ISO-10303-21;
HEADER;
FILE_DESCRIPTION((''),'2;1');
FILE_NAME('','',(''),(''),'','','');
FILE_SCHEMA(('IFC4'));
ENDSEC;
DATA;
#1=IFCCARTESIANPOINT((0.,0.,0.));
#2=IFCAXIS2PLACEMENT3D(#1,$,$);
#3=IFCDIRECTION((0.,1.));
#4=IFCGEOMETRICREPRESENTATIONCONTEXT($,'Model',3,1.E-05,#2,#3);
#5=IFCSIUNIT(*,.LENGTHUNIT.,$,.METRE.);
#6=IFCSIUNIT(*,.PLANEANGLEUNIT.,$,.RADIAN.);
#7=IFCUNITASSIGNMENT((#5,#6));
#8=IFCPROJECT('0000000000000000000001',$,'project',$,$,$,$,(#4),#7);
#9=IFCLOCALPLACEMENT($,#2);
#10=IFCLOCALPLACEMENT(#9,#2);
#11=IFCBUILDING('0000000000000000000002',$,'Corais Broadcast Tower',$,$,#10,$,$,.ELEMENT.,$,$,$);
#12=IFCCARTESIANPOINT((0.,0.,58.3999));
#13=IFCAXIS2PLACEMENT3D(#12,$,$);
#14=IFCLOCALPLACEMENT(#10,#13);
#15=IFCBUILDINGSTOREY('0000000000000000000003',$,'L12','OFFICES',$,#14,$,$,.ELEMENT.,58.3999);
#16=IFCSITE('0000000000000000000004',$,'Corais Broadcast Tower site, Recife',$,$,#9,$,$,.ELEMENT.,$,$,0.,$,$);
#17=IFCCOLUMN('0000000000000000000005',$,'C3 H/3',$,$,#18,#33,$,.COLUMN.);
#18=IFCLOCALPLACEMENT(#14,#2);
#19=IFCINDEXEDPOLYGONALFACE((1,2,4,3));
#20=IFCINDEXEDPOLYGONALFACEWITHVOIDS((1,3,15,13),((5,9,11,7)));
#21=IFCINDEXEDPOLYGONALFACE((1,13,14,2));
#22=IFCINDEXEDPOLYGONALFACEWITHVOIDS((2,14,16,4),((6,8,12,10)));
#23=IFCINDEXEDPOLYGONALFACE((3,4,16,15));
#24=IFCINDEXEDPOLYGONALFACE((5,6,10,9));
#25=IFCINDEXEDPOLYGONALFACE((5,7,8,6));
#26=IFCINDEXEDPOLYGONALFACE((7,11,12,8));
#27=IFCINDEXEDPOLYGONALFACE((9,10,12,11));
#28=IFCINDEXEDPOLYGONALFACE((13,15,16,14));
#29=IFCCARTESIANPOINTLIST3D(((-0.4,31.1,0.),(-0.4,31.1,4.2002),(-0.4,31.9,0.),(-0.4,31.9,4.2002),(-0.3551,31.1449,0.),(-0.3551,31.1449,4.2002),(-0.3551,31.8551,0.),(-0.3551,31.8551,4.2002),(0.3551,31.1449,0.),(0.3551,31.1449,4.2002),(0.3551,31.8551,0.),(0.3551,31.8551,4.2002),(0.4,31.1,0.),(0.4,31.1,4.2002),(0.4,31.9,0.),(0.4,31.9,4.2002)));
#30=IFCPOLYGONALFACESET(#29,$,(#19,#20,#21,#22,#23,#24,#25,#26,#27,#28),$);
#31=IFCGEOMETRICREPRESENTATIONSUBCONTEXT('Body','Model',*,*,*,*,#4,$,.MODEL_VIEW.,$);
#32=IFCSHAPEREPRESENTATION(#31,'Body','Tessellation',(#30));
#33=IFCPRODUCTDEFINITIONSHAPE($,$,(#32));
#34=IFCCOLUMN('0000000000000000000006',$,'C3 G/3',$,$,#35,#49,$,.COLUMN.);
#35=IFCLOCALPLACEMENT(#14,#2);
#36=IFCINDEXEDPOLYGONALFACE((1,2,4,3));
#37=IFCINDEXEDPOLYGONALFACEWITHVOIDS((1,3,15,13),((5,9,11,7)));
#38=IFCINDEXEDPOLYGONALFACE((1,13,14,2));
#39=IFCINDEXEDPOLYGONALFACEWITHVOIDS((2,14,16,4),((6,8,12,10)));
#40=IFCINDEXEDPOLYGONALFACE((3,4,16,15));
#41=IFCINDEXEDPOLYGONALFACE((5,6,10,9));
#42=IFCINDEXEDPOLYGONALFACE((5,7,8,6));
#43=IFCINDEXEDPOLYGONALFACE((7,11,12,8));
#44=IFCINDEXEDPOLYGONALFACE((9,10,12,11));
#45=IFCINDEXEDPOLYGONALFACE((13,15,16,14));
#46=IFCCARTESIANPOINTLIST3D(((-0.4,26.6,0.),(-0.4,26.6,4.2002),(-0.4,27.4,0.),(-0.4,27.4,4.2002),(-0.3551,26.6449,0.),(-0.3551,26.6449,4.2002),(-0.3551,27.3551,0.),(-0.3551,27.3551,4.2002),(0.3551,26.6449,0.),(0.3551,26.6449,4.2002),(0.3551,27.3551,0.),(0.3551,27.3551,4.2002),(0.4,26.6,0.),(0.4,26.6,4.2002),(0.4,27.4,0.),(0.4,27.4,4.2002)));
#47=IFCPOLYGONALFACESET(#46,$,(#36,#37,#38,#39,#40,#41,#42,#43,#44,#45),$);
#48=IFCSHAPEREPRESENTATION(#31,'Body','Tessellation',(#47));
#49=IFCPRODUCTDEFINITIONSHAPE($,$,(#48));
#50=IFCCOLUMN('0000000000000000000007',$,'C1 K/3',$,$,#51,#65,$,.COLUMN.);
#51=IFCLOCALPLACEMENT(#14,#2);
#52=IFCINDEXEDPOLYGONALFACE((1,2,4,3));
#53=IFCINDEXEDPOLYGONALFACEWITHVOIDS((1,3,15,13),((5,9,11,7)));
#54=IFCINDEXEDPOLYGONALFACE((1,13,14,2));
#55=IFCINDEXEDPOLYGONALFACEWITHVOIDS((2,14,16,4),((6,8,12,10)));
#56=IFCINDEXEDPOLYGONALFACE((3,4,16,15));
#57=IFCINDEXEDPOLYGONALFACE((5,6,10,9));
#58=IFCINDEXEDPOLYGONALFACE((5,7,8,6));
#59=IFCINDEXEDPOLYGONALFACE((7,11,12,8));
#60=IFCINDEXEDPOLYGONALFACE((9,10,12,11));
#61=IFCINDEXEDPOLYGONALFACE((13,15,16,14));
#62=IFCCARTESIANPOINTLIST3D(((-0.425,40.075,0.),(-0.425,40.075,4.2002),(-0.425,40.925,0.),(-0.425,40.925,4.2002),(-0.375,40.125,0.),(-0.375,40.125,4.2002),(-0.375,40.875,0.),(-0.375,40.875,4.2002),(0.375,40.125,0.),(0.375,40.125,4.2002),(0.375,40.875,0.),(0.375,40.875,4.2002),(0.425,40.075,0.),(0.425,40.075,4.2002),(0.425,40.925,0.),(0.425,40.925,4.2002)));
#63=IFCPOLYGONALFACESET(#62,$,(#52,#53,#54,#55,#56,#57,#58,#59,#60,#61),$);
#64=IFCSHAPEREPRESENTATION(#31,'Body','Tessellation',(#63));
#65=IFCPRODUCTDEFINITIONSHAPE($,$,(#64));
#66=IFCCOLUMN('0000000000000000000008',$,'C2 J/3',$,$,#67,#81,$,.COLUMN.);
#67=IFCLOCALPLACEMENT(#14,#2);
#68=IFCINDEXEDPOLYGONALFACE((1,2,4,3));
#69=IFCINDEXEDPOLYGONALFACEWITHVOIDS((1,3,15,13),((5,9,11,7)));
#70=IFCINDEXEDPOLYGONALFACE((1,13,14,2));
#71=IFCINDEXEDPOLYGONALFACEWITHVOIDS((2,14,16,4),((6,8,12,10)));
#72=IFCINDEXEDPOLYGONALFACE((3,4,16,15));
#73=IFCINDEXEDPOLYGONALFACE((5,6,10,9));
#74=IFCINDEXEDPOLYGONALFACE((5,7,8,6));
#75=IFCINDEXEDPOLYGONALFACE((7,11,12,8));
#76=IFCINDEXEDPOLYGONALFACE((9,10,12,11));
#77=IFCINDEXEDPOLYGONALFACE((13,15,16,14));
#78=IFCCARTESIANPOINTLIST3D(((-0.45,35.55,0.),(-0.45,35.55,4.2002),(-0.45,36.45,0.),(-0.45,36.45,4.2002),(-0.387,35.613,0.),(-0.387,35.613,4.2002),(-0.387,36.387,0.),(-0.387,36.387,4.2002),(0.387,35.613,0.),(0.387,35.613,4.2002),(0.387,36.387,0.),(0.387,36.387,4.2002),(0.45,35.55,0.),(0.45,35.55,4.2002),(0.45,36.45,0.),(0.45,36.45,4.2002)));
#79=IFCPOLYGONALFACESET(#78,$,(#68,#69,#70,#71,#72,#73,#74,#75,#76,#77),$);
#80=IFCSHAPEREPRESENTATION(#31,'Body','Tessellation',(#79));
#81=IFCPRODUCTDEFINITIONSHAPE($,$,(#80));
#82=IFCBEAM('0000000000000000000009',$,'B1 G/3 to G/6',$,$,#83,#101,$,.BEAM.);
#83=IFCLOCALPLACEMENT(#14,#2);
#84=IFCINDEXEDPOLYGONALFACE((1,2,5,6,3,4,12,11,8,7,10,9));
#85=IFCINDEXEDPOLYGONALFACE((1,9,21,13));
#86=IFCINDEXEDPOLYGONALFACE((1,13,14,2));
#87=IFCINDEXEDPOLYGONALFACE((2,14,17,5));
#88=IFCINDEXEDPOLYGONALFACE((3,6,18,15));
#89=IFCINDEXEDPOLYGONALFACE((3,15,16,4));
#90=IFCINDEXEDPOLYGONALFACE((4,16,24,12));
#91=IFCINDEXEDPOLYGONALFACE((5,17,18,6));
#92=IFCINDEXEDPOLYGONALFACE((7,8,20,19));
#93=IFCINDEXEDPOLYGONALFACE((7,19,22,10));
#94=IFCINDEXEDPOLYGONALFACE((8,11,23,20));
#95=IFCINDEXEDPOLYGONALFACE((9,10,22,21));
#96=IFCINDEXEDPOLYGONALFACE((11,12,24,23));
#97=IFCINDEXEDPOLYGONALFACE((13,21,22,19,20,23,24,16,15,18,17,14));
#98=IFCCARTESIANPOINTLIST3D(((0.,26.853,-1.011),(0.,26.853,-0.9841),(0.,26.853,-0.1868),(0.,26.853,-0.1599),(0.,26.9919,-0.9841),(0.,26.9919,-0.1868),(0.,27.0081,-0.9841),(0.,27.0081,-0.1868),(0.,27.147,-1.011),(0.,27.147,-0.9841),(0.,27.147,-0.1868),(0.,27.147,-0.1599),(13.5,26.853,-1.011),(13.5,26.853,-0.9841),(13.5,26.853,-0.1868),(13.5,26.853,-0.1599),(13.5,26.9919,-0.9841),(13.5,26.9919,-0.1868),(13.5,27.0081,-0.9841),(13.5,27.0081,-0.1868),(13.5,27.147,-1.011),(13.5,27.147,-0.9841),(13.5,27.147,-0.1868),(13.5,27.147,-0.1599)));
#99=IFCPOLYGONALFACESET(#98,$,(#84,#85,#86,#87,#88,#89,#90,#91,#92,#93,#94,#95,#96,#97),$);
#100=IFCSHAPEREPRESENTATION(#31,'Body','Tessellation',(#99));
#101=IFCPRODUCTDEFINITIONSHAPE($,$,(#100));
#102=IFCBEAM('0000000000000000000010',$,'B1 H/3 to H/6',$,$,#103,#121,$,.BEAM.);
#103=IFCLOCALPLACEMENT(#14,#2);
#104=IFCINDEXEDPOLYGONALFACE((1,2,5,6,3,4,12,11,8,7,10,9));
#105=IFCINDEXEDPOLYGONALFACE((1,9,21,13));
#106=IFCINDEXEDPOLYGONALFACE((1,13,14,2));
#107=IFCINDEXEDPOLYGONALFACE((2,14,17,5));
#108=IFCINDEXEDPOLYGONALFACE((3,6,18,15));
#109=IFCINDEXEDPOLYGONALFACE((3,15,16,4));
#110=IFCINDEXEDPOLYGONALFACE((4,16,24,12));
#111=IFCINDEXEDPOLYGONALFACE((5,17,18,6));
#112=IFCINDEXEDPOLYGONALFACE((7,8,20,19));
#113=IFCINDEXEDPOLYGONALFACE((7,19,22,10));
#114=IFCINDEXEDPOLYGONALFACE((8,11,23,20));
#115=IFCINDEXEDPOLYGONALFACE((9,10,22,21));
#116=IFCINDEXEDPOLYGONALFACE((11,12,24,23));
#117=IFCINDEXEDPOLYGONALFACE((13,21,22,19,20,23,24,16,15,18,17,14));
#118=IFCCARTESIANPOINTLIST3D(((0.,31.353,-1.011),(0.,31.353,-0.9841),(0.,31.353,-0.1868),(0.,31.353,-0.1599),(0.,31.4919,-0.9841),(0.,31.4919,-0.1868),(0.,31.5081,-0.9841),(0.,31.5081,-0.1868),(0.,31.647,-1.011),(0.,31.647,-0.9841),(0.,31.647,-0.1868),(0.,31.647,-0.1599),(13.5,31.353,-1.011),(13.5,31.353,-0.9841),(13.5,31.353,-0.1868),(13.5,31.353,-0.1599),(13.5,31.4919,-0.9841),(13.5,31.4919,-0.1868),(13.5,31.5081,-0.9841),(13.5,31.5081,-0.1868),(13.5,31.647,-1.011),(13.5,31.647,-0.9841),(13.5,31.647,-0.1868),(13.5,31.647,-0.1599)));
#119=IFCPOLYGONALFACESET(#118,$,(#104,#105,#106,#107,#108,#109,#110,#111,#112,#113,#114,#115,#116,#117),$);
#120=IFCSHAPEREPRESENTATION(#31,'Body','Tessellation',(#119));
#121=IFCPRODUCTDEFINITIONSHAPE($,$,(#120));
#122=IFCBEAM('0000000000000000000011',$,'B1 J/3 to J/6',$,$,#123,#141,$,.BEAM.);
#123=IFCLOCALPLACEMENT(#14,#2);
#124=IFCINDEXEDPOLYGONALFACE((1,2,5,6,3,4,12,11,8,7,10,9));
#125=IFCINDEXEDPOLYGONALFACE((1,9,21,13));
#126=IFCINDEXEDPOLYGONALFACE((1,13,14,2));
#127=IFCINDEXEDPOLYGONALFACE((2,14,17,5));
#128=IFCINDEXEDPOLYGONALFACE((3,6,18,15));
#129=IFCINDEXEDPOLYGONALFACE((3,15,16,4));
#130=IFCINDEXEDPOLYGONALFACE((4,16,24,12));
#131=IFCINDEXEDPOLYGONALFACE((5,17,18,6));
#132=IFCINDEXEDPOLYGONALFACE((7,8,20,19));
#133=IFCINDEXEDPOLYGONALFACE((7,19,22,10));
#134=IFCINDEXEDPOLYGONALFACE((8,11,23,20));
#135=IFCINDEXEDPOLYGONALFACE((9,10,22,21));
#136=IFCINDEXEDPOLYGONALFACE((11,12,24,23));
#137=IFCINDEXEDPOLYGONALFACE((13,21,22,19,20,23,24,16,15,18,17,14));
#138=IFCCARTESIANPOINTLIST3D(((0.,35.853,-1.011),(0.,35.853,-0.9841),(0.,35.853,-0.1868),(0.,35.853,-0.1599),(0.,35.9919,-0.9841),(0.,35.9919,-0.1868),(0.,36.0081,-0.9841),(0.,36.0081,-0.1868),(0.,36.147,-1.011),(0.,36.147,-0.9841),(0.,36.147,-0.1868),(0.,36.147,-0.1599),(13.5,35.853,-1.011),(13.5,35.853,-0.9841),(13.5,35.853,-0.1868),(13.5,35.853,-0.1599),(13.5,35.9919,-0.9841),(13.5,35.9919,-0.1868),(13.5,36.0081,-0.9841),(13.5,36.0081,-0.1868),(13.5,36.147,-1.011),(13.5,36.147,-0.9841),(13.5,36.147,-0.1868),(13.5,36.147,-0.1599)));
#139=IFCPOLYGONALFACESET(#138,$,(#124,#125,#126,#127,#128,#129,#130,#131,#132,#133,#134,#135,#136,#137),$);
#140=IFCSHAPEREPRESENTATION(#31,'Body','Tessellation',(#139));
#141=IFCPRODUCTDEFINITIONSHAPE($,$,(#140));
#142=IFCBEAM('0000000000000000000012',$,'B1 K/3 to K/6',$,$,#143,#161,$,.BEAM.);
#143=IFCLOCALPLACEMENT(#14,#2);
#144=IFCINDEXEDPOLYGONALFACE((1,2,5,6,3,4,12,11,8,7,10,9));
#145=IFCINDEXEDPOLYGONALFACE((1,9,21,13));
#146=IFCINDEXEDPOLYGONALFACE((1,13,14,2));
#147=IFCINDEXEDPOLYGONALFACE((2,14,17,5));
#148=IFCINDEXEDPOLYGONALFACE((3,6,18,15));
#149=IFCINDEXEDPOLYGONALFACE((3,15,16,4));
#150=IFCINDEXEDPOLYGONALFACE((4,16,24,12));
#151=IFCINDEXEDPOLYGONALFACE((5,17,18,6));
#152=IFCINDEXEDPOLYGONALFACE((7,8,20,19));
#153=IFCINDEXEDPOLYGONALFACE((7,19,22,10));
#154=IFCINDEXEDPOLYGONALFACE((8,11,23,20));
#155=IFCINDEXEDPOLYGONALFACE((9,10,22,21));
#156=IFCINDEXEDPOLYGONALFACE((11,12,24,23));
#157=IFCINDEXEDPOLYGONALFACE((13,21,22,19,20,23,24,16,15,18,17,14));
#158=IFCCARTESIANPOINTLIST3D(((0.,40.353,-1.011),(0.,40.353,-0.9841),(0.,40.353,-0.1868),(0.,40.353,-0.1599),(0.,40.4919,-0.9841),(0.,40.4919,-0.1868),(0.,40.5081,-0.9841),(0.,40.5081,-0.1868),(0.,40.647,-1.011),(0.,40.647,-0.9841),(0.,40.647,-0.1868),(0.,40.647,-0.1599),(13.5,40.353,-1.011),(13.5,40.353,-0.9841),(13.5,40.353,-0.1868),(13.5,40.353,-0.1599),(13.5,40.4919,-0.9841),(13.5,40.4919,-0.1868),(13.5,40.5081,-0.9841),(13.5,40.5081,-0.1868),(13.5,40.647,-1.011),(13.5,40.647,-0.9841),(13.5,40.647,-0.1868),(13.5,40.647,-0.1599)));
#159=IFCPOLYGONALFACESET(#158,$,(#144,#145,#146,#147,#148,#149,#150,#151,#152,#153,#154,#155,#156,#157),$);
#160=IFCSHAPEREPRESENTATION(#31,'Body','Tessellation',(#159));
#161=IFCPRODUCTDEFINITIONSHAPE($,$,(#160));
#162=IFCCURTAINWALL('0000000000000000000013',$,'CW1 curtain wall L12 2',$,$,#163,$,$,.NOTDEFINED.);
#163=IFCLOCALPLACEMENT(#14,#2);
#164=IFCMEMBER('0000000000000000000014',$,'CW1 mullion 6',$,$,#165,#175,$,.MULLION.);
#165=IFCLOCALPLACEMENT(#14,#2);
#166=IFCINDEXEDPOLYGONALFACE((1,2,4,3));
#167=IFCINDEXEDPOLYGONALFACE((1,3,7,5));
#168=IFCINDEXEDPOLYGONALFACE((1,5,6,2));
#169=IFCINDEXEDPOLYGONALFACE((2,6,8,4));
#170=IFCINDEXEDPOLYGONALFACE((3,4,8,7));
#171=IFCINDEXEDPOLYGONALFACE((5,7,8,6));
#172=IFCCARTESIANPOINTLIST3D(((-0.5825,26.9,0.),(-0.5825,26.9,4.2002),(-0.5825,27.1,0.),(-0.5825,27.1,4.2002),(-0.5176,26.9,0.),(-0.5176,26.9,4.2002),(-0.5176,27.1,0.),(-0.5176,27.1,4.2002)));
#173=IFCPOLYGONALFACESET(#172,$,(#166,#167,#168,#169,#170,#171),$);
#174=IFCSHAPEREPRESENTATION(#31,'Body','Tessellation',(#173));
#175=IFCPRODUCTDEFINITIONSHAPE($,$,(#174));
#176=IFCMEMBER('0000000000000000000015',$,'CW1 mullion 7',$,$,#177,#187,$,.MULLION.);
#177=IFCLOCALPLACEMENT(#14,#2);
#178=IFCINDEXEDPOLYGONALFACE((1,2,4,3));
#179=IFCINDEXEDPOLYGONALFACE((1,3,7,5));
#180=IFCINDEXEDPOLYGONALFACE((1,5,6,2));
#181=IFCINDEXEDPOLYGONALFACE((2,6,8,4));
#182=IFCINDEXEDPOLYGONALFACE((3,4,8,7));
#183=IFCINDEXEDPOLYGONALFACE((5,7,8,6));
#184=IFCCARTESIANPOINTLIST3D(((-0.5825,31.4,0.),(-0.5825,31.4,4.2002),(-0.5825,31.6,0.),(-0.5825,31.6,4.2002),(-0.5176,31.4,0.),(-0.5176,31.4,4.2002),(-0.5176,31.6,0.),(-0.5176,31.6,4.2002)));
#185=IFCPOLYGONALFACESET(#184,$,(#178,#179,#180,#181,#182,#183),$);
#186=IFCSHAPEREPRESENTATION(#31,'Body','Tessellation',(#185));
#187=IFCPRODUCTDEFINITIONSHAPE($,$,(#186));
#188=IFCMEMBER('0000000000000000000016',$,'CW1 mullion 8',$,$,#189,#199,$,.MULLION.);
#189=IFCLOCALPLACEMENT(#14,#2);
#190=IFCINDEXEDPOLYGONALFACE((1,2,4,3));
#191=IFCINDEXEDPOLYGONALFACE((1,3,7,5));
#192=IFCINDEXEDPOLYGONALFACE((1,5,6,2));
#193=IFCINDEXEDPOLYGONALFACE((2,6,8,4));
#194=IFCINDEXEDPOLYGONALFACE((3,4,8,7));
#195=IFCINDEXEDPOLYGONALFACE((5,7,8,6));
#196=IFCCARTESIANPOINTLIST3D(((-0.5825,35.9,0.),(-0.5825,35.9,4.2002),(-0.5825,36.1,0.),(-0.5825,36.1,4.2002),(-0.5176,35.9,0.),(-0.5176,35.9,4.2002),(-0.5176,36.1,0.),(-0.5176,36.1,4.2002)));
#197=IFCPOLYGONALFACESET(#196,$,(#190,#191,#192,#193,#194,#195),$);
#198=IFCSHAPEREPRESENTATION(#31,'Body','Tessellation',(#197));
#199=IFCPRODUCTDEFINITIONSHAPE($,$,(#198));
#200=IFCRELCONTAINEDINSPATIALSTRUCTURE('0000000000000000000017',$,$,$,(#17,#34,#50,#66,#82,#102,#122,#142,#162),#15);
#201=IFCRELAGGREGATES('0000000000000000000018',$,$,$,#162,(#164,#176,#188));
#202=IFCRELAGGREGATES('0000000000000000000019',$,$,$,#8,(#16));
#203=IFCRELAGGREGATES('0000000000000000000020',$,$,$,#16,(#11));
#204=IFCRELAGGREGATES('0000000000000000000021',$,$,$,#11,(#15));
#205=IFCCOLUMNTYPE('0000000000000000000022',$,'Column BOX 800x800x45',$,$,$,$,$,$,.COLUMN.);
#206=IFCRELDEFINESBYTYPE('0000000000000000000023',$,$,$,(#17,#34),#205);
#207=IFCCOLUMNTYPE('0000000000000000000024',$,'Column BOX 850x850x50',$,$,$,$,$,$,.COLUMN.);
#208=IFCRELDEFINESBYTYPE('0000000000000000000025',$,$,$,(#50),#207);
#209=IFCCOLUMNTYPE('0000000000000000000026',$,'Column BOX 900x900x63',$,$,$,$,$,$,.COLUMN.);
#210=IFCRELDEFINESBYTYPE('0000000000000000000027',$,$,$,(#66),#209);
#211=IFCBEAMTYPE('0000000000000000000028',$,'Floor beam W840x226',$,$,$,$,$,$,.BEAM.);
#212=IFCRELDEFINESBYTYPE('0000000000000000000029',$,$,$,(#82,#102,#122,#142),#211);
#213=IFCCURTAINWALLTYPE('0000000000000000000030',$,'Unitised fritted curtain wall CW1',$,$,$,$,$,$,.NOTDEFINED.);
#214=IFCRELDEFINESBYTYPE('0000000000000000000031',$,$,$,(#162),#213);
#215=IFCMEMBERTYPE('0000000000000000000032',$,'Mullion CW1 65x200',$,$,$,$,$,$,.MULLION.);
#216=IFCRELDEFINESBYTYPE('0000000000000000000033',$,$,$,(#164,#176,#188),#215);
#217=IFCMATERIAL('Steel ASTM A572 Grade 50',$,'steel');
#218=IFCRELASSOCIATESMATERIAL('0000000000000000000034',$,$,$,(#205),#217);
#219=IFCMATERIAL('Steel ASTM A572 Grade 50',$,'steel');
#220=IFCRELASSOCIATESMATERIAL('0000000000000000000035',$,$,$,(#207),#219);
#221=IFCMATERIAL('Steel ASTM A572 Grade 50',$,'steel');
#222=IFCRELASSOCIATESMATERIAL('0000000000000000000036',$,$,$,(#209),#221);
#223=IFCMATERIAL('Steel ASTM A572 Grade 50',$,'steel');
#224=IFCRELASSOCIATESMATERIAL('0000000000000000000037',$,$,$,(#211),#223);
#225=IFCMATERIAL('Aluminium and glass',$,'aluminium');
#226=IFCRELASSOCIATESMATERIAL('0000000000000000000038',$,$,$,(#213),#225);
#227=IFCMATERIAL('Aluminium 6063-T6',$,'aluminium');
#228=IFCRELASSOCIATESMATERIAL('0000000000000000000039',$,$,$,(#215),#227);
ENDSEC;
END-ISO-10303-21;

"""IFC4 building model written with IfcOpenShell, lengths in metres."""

from ifc_helpers import new_model, si_unit, direction, frame, origin, origin_2d, place, context, subcontext, project, spatial, rectangle, hollow_rectangle, i_section, extrude, material, material_profile, profile_set, type_object, element, aggregate, save


model = new_model("IFC4")

# Units and contexts
model_context = context("Model", 3, precision=1e-05, world=origin(), true_north=direction((0.0, 1.0)))
body_context = subcontext(model_context, "Body", "Model", "MODEL_VIEW")
ifc_project = project(units=[si_unit("LENGTHUNIT", "METRE"), si_unit("PLANEANGLEUNIT", "RADIAN")], contexts=[model_context])

# Site, building, storey
site_placement = place(None, origin())
site = spatial("IfcSite", under=ifc_project, at=site_placement, Name="Corais Broadcast Tower site, Recife", CompositionType="ELEMENT", RefElevation=0.0)
building_placement = place(site_placement, origin())
building = spatial("IfcBuilding", under=site, at=building_placement, Name="Corais Broadcast Tower", CompositionType="ELEMENT")
storey_placement = place(building_placement, frame((0.0, 0.0, 58.3999)))
storey = spatial("IfcBuildingStorey", under=building, at=storey_placement, Name="L12", Description="OFFICES", CompositionType="ELEMENT", Elevation=58.3999)

# Columns
ifc_material_1 = material(Name="Steel ASTM A572 Grade 50", Category="steel")
ifc_material_profile_1 = material_profile(ifc_material_1, hollow_rectangle(XDim=0.8, YDim=0.8, WallThickness=0.0449, at=origin_2d()), Name="BOX 800x800x45")
ifc_profile_set_1 = profile_set([ifc_material_profile_1], Name="Steel ASTM A572 Grade 50")
column_type_1 = type_object("IfcColumnType", Name="Column BOX 800x800x45", PredefinedType="COLUMN", material=ifc_profile_set_1)
for number, where, z_axis, x_axis, name in (
    (1, (0.0, 31.5, 0.0), (0.0, 0.0, 1.0), (1.0, 0.0, 0.0), "C3 H/3"),
    (2, (0.0, 27.0, 0.0), (0.0, 0.0, 1.0), (1.0, 0.0, 0.0), "C3 G/3"),
):
    element("IfcColumn", number, at=place(storey_placement, frame(where, z_axis=z_axis, x_axis=x_axis)), inside=storey, type_object=column_type_1, Name=name, PredefinedType="COLUMN", context=body_context, shape_type="SweptSolid", body=[
        extrude(hollow_rectangle(XDim=0.8, YDim=0.8, WallThickness=0.0449, at=origin_2d()), origin(), (0.0, 0.0, 1.0), 4.2002),
    ])
ifc_material_2 = material(Name="Steel ASTM A572 Grade 50", Category="steel")
ifc_material_profile_2 = material_profile(ifc_material_2, hollow_rectangle(XDim=0.8501, YDim=0.8501, WallThickness=0.05, at=origin_2d()), Name="BOX 850x850x50")
ifc_profile_set_2 = profile_set([ifc_material_profile_2], Name="Steel ASTM A572 Grade 50")
column_type_2 = type_object("IfcColumnType", Name="Column BOX 850x850x50", PredefinedType="COLUMN", material=ifc_profile_set_2)
column_1_placement = place(storey_placement, frame((0.0, 40.5, 0.0), z_axis=(0.0, 0.0, 1.0), x_axis=(1.0, 0.0, 0.0)))
element("IfcColumn", 3, at=column_1_placement, inside=storey, type_object=column_type_2, Name="C1 K/3", PredefinedType="COLUMN", context=body_context, shape_type="SweptSolid", body=[
    extrude(hollow_rectangle(XDim=0.8501, YDim=0.8501, WallThickness=0.05, at=origin_2d()), origin(), (0.0, 0.0, 1.0), 4.2002),
])
ifc_material_3 = material(Name="Steel ASTM A572 Grade 50", Category="steel")
ifc_material_profile_3 = material_profile(ifc_material_3, hollow_rectangle(XDim=0.8999, YDim=0.8999, WallThickness=0.063, at=origin_2d()), Name="BOX 900x900x63")
ifc_profile_set_3 = profile_set([ifc_material_profile_3], Name="Steel ASTM A572 Grade 50")
column_type_3 = type_object("IfcColumnType", Name="Column BOX 900x900x63", PredefinedType="COLUMN", material=ifc_profile_set_3)
column_2_placement = place(storey_placement, frame((0.0, 36.0, 0.0), z_axis=(0.0, 0.0, 1.0), x_axis=(1.0, 0.0, 0.0)))
element("IfcColumn", 4, at=column_2_placement, inside=storey, type_object=column_type_3, Name="C2 J/3", PredefinedType="COLUMN", context=body_context, shape_type="SweptSolid", body=[
    extrude(hollow_rectangle(XDim=0.8999, YDim=0.8999, WallThickness=0.063, at=origin_2d()), origin(), (0.0, 0.0, 1.0), 4.2002),
])

# Beams
ifc_material_4 = material(Name="Steel ASTM A572 Grade 50", Category="steel")
ifc_material_profile_4 = material_profile(ifc_material_4, i_section(OverallWidth=0.2939, OverallDepth=0.8511, WebThickness=0.0161, FlangeThickness=0.0269, at=origin_2d()), Name="W840x226")
ifc_profile_set_4 = profile_set([ifc_material_profile_4], Name="Steel ASTM A572 Grade 50")
beam_type_1 = type_object("IfcBeamType", Name="Floor beam W840x226", PredefinedType="BEAM", material=ifc_profile_set_4)
for number, where, z_axis, x_axis, name in (
    (5, (0.0, 27.0, -0.5854), (1.0, 0.0, 0.0), (0.0, 1.0, 0.0), "B1 G/3 to G/6"),
    (6, (0.0, 31.5, -0.5854), (1.0, 0.0, 0.0), (0.0, 1.0, 0.0), "B1 H/3 to H/6"),
    (7, (0.0, 36.0, -0.5854), (1.0, 0.0, 0.0), (0.0, 1.0, 0.0), "B1 J/3 to J/6"),
    (8, (0.0, 40.5, -0.5854), (1.0, 0.0, 0.0), (0.0, 1.0, 0.0), "B1 K/3 to K/6"),
):
    element("IfcBeam", number, at=place(storey_placement, frame(where, z_axis=z_axis, x_axis=x_axis)), inside=storey, type_object=beam_type_1, Name=name, PredefinedType="BEAM", context=body_context, shape_type="SweptSolid", body=[
        extrude(i_section(OverallWidth=0.2939, OverallDepth=0.8511, WebThickness=0.0161, FlangeThickness=0.0269, at=origin_2d()), origin(), (0.0, 0.0, 1.0), 13.5),
    ])

# Curtain wall, members
ifc_material_5 = material(Name="Aluminium and glass", Category="aluminium")
curtain_wall_type = type_object("IfcCurtainWallType", Name="Unitised fritted curtain wall CW1", PredefinedType="NOTDEFINED", material=ifc_material_5)
curtain_wall_placement = place(storey_placement, origin())
curtain_wall = element("IfcCurtainWall", 9, at=curtain_wall_placement, inside=storey, type_object=curtain_wall_type, Name="CW1 curtain wall L12 2", PredefinedType="NOTDEFINED")
ifc_material_6 = material(Name="Aluminium 6063-T6", Category="aluminium")
ifc_material_profile_5 = material_profile(ifc_material_6, rectangle(XDim=0.0649, YDim=0.2, at=origin_2d()), Name="Mullion CW1 65x200")
ifc_profile_set_5 = profile_set([ifc_material_profile_5], Name="Aluminium 6063-T6")
member_type_1 = type_object("IfcMemberType", Name="Mullion CW1 65x200", PredefinedType="MULLION", material=ifc_profile_set_5)
member_1_placement = place(storey_placement, frame((-0.55, 27.0, 0.0), z_axis=(0.0, 0.0, 1.0), x_axis=(-1.0, 0.0, 0.0)))
member_1 = element("IfcMember", 10, at=member_1_placement, type_object=member_type_1, Name="CW1 mullion 6", PredefinedType="MULLION", context=body_context, shape_type="SweptSolid", body=[
    extrude(rectangle(XDim=0.0649, YDim=0.2, at=origin_2d()), origin(), (0.0, 0.0, 1.0), 4.2002),
])
member_2_placement = place(storey_placement, frame((-0.55, 31.5, 0.0), z_axis=(0.0, 0.0, 1.0), x_axis=(-1.0, 0.0, 0.0)))
member_2 = element("IfcMember", 11, at=member_2_placement, type_object=member_type_1, Name="CW1 mullion 7", PredefinedType="MULLION", context=body_context, shape_type="SweptSolid", body=[
    extrude(rectangle(XDim=0.0649, YDim=0.2, at=origin_2d()), origin(), (0.0, 0.0, 1.0), 4.2002),
])
member_3_placement = place(storey_placement, frame((-0.55, 36.0, 0.0), z_axis=(0.0, 0.0, 1.0), x_axis=(-1.0, 0.0, 0.0)))
member_3 = element("IfcMember", 12, at=member_3_placement, type_object=member_type_1, Name="CW1 mullion 8", PredefinedType="MULLION", context=body_context, shape_type="SweptSolid", body=[
    extrude(rectangle(XDim=0.0649, YDim=0.2, at=origin_2d()), origin(), (0.0, 0.0, 1.0), 4.2002),
])

aggregate(curtain_wall, [member_1, member_2, member_3])

save(model, "model.ifc")
